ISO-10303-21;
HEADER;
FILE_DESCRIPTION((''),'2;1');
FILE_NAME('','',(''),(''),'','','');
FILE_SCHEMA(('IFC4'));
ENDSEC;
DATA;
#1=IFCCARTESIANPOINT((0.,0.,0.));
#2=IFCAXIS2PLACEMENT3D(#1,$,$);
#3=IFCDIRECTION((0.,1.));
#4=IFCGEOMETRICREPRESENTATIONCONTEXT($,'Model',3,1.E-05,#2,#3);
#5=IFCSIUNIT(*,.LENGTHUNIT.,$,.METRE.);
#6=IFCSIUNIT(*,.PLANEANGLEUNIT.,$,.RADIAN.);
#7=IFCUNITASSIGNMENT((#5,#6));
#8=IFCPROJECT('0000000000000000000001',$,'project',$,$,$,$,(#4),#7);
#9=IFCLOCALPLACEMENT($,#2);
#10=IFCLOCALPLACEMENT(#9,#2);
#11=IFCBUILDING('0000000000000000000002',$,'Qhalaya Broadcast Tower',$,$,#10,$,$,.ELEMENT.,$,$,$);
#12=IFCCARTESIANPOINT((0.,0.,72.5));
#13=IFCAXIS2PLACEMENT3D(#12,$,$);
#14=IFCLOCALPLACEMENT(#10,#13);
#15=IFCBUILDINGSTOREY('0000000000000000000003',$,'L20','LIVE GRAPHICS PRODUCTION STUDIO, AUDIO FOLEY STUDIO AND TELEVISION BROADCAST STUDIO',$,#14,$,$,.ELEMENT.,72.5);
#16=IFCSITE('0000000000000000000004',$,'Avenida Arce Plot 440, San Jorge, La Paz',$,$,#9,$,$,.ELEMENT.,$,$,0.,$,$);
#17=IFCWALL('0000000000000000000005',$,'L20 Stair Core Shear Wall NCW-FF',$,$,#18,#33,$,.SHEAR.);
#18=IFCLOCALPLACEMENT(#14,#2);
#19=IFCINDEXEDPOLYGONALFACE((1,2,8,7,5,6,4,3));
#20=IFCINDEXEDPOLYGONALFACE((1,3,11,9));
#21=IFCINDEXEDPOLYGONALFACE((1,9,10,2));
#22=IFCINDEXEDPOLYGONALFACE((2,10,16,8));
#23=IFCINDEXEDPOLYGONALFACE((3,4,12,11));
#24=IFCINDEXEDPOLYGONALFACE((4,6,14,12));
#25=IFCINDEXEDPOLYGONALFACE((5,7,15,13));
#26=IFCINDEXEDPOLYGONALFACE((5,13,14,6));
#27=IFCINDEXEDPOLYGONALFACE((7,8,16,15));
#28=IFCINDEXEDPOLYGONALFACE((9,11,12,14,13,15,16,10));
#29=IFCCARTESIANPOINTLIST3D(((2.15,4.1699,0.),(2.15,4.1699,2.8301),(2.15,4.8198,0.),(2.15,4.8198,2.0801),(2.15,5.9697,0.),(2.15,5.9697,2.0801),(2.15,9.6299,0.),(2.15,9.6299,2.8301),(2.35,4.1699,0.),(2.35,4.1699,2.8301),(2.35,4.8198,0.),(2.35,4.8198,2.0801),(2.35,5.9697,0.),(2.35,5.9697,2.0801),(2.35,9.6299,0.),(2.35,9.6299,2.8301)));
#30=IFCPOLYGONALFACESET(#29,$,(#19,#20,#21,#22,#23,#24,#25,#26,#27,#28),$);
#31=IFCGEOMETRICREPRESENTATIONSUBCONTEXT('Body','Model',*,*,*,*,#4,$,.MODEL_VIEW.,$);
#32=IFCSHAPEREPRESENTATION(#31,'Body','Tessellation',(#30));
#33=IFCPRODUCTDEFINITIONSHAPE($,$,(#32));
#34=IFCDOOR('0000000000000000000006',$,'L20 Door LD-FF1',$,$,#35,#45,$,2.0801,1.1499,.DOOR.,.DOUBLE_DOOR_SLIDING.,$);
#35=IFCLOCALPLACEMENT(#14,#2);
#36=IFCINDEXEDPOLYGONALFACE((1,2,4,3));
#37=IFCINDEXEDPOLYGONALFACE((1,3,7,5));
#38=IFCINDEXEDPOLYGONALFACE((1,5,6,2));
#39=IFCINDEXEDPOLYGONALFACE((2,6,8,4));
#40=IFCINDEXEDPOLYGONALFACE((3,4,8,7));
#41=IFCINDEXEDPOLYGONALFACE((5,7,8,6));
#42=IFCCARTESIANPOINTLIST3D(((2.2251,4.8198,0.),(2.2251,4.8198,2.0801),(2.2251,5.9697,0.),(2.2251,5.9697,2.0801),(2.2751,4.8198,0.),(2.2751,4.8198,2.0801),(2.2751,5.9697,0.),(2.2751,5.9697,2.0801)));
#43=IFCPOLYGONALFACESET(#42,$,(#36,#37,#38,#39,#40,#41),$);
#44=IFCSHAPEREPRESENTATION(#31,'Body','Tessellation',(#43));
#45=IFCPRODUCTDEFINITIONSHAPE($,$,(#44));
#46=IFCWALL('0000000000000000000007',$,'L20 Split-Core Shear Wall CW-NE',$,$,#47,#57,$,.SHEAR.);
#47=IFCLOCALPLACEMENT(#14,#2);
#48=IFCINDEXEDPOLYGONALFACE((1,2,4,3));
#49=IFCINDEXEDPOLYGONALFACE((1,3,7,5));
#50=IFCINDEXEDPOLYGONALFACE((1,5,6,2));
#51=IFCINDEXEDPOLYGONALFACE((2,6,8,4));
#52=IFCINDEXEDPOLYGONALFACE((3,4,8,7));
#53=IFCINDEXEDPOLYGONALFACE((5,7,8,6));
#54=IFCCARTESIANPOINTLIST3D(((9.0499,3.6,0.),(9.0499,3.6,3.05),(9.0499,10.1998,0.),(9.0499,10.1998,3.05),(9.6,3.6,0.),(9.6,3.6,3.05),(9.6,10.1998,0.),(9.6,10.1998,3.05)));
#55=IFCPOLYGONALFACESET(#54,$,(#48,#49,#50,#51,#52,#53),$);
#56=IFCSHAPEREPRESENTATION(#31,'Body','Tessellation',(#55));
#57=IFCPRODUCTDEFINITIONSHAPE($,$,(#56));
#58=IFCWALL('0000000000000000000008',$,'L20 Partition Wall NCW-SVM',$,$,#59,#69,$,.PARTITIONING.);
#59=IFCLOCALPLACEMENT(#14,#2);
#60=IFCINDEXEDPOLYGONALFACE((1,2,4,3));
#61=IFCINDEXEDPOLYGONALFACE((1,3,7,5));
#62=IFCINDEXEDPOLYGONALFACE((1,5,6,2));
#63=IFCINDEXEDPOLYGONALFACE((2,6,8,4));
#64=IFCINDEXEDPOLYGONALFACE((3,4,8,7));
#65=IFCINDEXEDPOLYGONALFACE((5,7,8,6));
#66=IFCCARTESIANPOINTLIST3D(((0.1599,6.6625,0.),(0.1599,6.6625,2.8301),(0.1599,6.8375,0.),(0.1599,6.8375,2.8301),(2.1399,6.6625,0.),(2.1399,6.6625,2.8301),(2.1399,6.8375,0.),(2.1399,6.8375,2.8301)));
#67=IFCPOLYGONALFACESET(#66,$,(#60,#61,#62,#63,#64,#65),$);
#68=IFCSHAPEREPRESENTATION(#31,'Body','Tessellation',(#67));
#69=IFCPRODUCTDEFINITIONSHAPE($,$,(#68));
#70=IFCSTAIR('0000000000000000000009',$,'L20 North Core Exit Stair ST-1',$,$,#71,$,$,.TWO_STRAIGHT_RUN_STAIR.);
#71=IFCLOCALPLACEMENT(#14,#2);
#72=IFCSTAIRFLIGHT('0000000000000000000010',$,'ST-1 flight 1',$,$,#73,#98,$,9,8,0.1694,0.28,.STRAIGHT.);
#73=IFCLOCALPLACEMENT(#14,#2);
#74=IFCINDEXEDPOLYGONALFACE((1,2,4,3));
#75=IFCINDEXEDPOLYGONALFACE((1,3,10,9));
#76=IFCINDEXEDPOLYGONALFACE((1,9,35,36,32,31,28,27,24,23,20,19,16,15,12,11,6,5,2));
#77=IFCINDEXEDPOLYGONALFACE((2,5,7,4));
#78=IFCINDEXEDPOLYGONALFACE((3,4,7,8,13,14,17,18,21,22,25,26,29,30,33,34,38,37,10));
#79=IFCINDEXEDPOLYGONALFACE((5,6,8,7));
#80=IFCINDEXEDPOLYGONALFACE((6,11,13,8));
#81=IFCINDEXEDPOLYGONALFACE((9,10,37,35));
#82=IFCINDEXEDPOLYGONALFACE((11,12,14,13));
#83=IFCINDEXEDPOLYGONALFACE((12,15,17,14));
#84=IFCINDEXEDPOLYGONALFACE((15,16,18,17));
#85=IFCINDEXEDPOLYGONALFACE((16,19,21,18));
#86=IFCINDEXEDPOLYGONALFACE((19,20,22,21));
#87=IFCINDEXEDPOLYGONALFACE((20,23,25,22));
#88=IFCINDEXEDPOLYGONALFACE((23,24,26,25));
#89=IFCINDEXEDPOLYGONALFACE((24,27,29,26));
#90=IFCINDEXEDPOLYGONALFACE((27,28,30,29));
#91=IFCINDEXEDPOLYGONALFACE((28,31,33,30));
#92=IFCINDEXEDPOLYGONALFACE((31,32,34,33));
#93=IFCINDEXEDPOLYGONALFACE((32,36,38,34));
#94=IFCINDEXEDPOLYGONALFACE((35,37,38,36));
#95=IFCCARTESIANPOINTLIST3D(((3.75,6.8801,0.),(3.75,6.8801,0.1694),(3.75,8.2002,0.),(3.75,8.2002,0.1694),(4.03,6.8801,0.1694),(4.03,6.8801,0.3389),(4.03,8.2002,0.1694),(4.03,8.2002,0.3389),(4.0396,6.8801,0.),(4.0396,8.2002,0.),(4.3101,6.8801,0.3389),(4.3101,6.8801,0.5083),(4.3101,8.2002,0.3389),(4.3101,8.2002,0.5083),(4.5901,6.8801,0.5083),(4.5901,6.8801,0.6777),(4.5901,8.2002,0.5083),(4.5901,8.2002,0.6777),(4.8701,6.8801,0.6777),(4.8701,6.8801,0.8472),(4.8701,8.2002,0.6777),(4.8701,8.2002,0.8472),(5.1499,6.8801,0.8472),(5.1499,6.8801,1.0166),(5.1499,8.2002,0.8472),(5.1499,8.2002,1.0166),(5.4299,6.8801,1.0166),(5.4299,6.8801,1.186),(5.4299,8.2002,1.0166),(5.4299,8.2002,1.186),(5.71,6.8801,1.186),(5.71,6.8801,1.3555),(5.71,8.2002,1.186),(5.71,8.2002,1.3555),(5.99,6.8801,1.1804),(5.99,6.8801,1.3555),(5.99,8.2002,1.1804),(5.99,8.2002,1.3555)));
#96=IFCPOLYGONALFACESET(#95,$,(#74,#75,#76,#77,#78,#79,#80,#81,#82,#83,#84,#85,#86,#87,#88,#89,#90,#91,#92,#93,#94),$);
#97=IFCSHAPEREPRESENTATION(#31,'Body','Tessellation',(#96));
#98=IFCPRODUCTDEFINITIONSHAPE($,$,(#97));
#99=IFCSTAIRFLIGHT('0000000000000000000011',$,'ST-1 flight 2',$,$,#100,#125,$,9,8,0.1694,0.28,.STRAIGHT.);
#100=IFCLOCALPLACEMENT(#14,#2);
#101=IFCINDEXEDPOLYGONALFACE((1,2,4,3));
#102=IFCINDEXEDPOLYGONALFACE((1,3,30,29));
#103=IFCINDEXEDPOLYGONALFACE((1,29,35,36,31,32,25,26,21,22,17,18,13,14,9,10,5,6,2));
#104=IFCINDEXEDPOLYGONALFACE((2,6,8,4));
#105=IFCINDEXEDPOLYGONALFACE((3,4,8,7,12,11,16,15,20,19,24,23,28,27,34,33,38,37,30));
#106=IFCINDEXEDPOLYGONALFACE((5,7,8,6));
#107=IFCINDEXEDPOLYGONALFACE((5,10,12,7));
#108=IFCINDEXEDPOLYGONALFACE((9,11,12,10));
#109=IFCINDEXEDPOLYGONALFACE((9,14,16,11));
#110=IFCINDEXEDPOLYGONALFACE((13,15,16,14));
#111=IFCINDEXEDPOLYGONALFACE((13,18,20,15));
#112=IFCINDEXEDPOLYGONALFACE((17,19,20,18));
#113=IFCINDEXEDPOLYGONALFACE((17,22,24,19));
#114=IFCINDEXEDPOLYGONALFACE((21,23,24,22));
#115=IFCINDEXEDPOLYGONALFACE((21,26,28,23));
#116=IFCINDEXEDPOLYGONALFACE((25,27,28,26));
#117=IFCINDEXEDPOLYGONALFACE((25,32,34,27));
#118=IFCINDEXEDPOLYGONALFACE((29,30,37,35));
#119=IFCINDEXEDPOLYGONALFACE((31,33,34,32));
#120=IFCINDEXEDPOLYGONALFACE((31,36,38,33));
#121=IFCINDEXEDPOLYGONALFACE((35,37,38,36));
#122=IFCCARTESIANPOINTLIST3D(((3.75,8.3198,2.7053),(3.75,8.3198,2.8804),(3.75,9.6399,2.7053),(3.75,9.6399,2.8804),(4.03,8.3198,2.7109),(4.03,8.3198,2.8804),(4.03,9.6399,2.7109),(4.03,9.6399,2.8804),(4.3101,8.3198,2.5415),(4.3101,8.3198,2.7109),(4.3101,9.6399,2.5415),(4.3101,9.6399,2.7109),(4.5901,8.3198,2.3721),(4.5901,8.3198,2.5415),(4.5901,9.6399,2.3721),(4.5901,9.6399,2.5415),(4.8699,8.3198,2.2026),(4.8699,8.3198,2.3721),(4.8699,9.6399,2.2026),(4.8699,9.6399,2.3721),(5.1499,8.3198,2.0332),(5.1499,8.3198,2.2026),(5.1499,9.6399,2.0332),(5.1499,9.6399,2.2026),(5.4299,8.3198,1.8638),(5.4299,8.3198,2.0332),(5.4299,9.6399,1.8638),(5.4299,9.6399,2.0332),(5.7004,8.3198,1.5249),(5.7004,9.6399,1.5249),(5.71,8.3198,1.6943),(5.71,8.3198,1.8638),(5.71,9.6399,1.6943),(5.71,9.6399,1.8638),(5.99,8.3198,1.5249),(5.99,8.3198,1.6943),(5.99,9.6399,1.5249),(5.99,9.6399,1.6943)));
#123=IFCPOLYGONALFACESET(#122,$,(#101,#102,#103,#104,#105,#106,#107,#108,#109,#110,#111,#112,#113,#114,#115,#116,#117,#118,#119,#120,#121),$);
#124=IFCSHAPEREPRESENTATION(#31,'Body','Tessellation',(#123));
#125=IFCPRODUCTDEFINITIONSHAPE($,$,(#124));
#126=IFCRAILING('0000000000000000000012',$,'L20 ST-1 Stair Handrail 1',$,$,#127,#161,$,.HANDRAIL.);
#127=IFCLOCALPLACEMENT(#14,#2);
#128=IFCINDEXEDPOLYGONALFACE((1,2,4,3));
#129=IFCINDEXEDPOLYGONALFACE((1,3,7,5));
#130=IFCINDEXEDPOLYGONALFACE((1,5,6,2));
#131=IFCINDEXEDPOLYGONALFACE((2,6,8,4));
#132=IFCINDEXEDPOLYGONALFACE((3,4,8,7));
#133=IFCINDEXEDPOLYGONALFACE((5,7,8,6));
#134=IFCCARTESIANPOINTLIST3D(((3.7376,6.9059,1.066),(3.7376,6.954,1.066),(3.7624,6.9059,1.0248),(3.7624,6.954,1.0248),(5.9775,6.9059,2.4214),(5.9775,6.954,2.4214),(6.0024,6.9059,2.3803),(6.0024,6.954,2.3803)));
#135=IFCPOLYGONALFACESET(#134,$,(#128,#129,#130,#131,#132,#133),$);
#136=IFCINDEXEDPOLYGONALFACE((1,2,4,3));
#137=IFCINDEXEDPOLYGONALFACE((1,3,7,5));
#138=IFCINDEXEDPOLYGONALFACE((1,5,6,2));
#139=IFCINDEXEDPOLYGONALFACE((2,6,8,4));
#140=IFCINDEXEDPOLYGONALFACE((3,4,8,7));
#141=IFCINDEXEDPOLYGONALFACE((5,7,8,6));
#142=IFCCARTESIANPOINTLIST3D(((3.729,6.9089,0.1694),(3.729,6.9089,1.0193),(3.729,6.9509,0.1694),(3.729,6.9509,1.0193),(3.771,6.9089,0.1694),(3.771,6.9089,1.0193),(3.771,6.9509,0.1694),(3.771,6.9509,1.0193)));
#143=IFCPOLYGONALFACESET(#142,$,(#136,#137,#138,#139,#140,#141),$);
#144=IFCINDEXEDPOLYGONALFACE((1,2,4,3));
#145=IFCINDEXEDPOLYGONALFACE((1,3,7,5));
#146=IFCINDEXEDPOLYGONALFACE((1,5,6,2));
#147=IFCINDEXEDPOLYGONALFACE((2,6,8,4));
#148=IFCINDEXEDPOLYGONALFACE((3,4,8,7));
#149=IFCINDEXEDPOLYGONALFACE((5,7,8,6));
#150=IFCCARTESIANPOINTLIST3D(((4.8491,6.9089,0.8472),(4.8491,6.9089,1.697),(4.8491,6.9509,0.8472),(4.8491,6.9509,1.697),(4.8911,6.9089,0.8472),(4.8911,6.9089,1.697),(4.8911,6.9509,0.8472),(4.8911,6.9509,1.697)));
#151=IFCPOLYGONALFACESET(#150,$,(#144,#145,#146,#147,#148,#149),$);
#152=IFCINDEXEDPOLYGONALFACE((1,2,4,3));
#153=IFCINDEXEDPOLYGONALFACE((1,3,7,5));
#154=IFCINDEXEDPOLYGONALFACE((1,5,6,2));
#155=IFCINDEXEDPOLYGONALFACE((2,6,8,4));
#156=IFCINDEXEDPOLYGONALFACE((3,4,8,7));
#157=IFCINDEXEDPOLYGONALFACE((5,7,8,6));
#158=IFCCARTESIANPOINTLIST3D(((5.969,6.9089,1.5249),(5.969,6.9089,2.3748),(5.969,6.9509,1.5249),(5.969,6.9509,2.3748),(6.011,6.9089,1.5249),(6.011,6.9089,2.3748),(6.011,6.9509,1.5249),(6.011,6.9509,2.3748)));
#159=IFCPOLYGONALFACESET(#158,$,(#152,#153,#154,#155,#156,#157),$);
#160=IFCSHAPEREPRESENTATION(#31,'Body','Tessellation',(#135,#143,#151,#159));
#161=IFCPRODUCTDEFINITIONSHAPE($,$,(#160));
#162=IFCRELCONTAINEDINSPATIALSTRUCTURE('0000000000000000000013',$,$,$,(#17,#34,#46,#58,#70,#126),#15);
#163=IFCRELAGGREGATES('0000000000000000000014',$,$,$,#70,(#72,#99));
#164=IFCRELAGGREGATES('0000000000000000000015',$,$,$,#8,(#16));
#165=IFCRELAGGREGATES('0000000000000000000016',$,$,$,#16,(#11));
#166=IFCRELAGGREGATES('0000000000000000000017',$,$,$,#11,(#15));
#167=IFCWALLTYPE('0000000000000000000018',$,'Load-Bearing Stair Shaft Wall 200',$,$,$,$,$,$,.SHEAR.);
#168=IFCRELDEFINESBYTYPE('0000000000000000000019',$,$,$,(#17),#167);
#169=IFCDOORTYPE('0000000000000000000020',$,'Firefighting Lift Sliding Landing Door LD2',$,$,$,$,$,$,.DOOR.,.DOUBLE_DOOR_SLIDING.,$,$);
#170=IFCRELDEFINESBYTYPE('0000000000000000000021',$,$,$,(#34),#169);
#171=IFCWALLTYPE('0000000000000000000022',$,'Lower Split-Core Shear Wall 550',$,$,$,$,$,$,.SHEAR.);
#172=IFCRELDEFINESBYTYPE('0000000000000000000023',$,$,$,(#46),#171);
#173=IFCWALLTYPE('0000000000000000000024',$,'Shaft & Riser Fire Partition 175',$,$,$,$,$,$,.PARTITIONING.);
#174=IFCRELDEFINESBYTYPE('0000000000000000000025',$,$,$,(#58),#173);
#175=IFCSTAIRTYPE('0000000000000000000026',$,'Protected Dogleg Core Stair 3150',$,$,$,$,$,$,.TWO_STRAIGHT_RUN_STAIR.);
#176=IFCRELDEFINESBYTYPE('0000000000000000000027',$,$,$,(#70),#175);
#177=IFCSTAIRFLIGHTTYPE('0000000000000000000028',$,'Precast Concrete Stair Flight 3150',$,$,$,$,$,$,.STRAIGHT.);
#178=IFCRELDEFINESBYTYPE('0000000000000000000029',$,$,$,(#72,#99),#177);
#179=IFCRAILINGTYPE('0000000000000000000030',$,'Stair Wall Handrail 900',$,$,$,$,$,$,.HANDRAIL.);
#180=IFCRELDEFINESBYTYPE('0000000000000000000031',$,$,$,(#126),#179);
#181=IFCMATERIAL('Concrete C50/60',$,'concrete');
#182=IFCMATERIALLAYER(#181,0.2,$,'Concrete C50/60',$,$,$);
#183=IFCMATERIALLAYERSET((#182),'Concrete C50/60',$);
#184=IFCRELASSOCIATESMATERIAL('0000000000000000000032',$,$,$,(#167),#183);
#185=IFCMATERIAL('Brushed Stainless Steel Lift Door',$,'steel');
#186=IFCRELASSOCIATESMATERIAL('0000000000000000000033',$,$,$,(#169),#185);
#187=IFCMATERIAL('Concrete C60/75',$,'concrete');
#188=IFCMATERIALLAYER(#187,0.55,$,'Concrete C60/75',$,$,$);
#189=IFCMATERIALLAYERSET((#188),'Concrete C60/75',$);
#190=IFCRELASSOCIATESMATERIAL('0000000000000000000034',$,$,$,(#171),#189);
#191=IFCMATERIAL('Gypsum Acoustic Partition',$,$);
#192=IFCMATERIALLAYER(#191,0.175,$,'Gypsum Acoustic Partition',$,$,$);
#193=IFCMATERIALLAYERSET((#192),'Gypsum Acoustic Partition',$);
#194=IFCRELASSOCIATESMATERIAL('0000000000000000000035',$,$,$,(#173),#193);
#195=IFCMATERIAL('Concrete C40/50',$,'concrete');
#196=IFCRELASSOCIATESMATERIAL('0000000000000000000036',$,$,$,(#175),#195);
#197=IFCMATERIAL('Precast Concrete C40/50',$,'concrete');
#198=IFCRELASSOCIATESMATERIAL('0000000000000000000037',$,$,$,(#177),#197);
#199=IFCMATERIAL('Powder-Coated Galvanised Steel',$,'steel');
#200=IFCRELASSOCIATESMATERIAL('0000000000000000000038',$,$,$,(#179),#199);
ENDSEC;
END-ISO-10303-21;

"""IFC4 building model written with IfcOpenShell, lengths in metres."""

from ifc_helpers import new_model, si_unit, direction, frame, frame_2d, origin, origin_2d, place, context, subcontext, project, spatial, polyline, rectangle, outline, extrude, material, layer, layer_set, type_object, element, fill, aggregate, save


model = new_model("IFC4")

# Units and contexts
model_context = context("Model", 3, precision=1e-05, world=origin(), true_north=direction((0.0, 1.0)))
body_context = subcontext(model_context, "Body", "Model", "MODEL_VIEW")
ifc_project = project(units=[si_unit("LENGTHUNIT", "METRE"), si_unit("PLANEANGLEUNIT", "RADIAN")], contexts=[model_context])

# Site, building, storey
site_placement = place(None, origin())
site = spatial("IfcSite", under=ifc_project, at=site_placement, Name="Avenida Arce Plot 440, San Jorge, La Paz", CompositionType="ELEMENT", RefElevation=0.0)
building_placement = place(site_placement, origin())
building = spatial("IfcBuilding", under=site, at=building_placement, Name="Qhalaya Broadcast Tower", CompositionType="ELEMENT")
storey_placement = place(building_placement, frame((0.0, 0.0, 72.5)))
storey = spatial("IfcBuildingStorey", under=building, at=storey_placement, Name="L20", Description="LIVE GRAPHICS PRODUCTION STUDIO, AUDIO FOLEY STUDIO AND TELEVISION BROADCAST STUDIO", CompositionType="ELEMENT", Elevation=72.5)

# Shared definitions
ifc_material_1 = material(Name="Concrete C50/60", Category="concrete")

# Wall, opening, door
ifc_material_2 = material(Name="Gypsum Acoustic Partition")
ifc_layer_1 = layer(ifc_material_1, 0.2, Name="Concrete C50/60")
ifc_layer_set_1 = layer_set([ifc_layer_1], Name="Concrete C50/60")
wall_type_1 = type_object("IfcWallType", Name="Load-Bearing Stair Shaft Wall 200", PredefinedType="SHEAR", material=ifc_layer_set_1)
wall_1_placement = place(storey_placement, frame((2.25, 4.1699, 0.0), z_axis=(0.0, 0.0, 1.0), x_axis=(0.0, 1.0, 0.0)))
wall_1 = element("IfcWall", 1, at=wall_1_placement, inside=storey, type_object=wall_type_1, Name="L20 Stair Core Shear Wall NCW-FF", PredefinedType="SHEAR", context=body_context, shape_type="SweptSolid", body=[
    extrude(rectangle(XDim=5.46, YDim=0.2, at=frame_2d((2.73, 0.0))), origin(), (0.0, 0.0, 1.0), 2.8301),
])
opening_1_placement = place(wall_1_placement, frame((0.6499, 0.0, 0.0)))
opening_1 = element("IfcOpeningElement", 2, at=opening_1_placement, cuts=wall_1, PredefinedType="OPENING", context=body_context, shape_type="SweptSolid", body=[
    extrude(rectangle(XDim=1.1499, YDim=2.0801, at=frame_2d((0.575, 1.04))), frame((0.0, 0.1121, 0.0), z_axis=(0.0, -1.0, 0.0), x_axis=(1.0, 0.0, 0.0)), (0.0, 0.0, 1.0), 0.2239),
])
ifc_material_3 = material(Name="Brushed Stainless Steel Lift Door", Category="steel")
door_type_1 = type_object("IfcDoorType", Name="Firefighting Lift Sliding Landing Door LD2", OperationType="DOUBLE_DOOR_SLIDING", PredefinedType="DOOR", material=ifc_material_3)
door_1_placement = place(opening_1_placement, origin())
door_1 = element("IfcDoor", 3, at=door_1_placement, inside=storey, type_object=door_type_1, Name="L20 Door LD-FF1", OperationType="DOUBLE_DOOR_SLIDING", OverallHeight=2.0801, OverallWidth=1.1499, PredefinedType="DOOR", context=body_context, shape_type="SweptSolid", body=[
    extrude(rectangle(XDim=1.1499, YDim=2.0801, at=frame_2d((0.575, 1.04))), frame((0.0, 0.0249, 0.0), z_axis=(0.0, -1.0, 0.0), x_axis=(1.0, 0.0, 0.0)), (0.0, 0.0, 1.0), 0.05),
])
fill(opening_1, door_1)

# Wall
ifc_material_4 = material(Name="Concrete C60/75", Category="concrete")
ifc_layer_2 = layer(ifc_material_4, 0.55, Name="Concrete C60/75")
ifc_layer_set_2 = layer_set([ifc_layer_2], Name="Concrete C60/75")
wall_type_2 = type_object("IfcWallType", Name="Lower Split-Core Shear Wall 550", PredefinedType="SHEAR", material=ifc_layer_set_2)
wall_2_placement = place(storey_placement, frame((9.325, 3.6001, 0.0), z_axis=(0.0, 0.0, 1.0), x_axis=(0.0, 1.0, 0.0)))
element("IfcWall", 4, at=wall_2_placement, inside=storey, type_object=wall_type_2, Name="L20 Split-Core Shear Wall CW-NE", PredefinedType="SHEAR", context=body_context, shape_type="SweptSolid", body=[
    extrude(rectangle(XDim=6.5999, YDim=0.55, at=frame_2d((3.2998, 0.0))), origin(), (0.0, 0.0, 1.0), 3.05),
])

# Shared definitions
ifc_layer_3 = layer(ifc_material_2, 0.175, Name="Gypsum Acoustic Partition")
ifc_layer_set_3 = layer_set([ifc_layer_3], Name="Gypsum Acoustic Partition")
wall_type_3 = type_object("IfcWallType", Name="Shaft & Riser Fire Partition 175", PredefinedType="PARTITIONING", material=ifc_layer_set_3)

# Wall
wall_3_placement = place(storey_placement, frame((0.1599, 6.75, 0.0), z_axis=(0.0, 0.0, 1.0), x_axis=(1.0, 0.0, 0.0)))
element("IfcWall", 5, at=wall_3_placement, inside=storey, type_object=wall_type_3, Name="L20 Partition Wall NCW-SVM", PredefinedType="PARTITIONING", context=body_context, shape_type="SweptSolid", body=[
    extrude(rectangle(XDim=1.98, YDim=0.175, at=frame_2d((0.99, 0.0))), origin(), (0.0, 0.0, 1.0), 2.8301),
])

# Stair, stair flights
ifc_material_5 = material(Name="Concrete C40/50", Category="concrete")
stair_type = type_object("IfcStairType", Name="Protected Dogleg Core Stair 3150", PredefinedType="TWO_STRAIGHT_RUN_STAIR", material=ifc_material_5)
stair_placement = place(storey_placement, origin())
stair = element("IfcStair", 6, at=stair_placement, inside=storey, type_object=stair_type, Name="L20 North Core Exit Stair ST-1", PredefinedType="TWO_STRAIGHT_RUN_STAIR")
ifc_material_6 = material(Name="Precast Concrete C40/50", Category="concrete")
stair_flight_type = type_object("IfcStairFlightType", Name="Precast Concrete Stair Flight 3150", PredefinedType="STRAIGHT", material=ifc_material_6)
stair_flight_1_placement = place(storey_placement, frame((3.75, 7.54, 0.0), z_axis=(0.0, 0.0, 1.0), x_axis=(1.0, 0.0, 0.0)))
stair_flight_1 = element("IfcStairFlight", 7, at=stair_flight_1_placement, type_object=stair_flight_type, Name="ST-1 flight 1", NumberOfRisers=9, NumberOfTreads=8, PredefinedType="STRAIGHT", RiserHeight=0.1694, TreadLength=0.28, context=body_context, shape_type="SweptSolid", body=[
    extrude(outline(polyline([(0.0, 0.0), (0.0, 0.1694), (0.28, 0.1694), (0.28, 0.3389), (0.5601, 0.3389), (0.5601, 0.5083), (0.8401, 0.5083), (0.8401, 0.6777), (1.1201, 0.6777), (1.1201, 0.8472), (1.3999, 0.8472), (1.3999, 1.0166), (1.6799, 1.0166), (1.6799, 1.186), (1.96, 1.186), (1.96, 1.3555), (2.24, 1.3555), (2.24, 1.5249), (2.24, 1.1804), (0.2896, 0.0), (0.0, 0.0)])), frame((0.0, 0.6602, 0.0), z_axis=(0.0, -1.0, 0.0), x_axis=(1.0, 0.0, 0.0)), (0.0, 0.0, 1.0), 1.3201),
])
stair_flight_2_placement = place(storey_placement, frame((5.99, 8.98, 1.5249), z_axis=(0.0, 0.0, 1.0), x_axis=(-1.0, 0.0, 0.0)))
stair_flight_2 = element("IfcStairFlight", 8, at=stair_flight_2_placement, type_object=stair_flight_type, Name="ST-1 flight 2", NumberOfRisers=9, NumberOfTreads=8, PredefinedType="STRAIGHT", RiserHeight=0.1694, TreadLength=0.28, context=body_context, shape_type="SweptSolid", body=[
    extrude(outline(polyline([(0.0, 0.0), (0.0, 0.1694), (0.28, 0.1694), (0.28, 0.3389), (0.5601, 0.3389), (0.5601, 0.5083), (0.8401, 0.5083), (0.8401, 0.6777), (1.1201, 0.6777), (1.1201, 0.8472), (1.3999, 0.8472), (1.3999, 1.0166), (1.6799, 1.0166), (1.6799, 1.186), (1.96, 1.186), (1.96, 1.3555), (2.24, 1.3555), (2.24, 1.5249), (2.24, 1.1804), (0.2896, 0.0), (0.0, 0.0)])), frame((0.0, 0.6602, 0.0), z_axis=(0.0, -1.0, 0.0), x_axis=(1.0, 0.0, 0.0)), (0.0, 0.0, 1.0), 1.3201),
])
aggregate(stair, [stair_flight_1, stair_flight_2])

# Railing
ifc_material_7 = material(Name="Powder-Coated Galvanised Steel", Category="steel")
railing_type_1 = type_object("IfcRailingType", Name="Stair Wall Handrail 900", PredefinedType="HANDRAIL", material=ifc_material_7)
railing_1_placement = place(storey_placement, frame((3.75, 6.9299, 0.1694)))
element("IfcRailing", 9, at=railing_1_placement, inside=storey, type_object=railing_type_1, Name="L20 ST-1 Stair Handrail 1", PredefinedType="HANDRAIL", context=body_context, shape_type="SweptSolid", body=[
    extrude(rectangle(XDim=0.0481, YDim=0.0481, at=origin_2d()), frame((0.0, 0.0, 0.876), z_axis=(0.855553, 0.0, 0.517715), x_axis=(0.0, 1.0, 0.0)), (0.0, 0.0, 1.0), 2.6182),
    extrude(rectangle(XDim=0.042, YDim=0.042, at=origin_2d()), origin(), (0.0, 0.0, 1.0), 0.8499),
    extrude(rectangle(XDim=0.042, YDim=0.042, at=origin_2d()), frame((1.1201, 0.0, 0.6777)), (0.0, 0.0, 1.0), 0.8499),
    extrude(rectangle(XDim=0.042, YDim=0.042, at=origin_2d()), frame((2.24, 0.0, 1.3555)), (0.0, 0.0, 1.0), 0.8499),
])

save(model, "model.ifc")
